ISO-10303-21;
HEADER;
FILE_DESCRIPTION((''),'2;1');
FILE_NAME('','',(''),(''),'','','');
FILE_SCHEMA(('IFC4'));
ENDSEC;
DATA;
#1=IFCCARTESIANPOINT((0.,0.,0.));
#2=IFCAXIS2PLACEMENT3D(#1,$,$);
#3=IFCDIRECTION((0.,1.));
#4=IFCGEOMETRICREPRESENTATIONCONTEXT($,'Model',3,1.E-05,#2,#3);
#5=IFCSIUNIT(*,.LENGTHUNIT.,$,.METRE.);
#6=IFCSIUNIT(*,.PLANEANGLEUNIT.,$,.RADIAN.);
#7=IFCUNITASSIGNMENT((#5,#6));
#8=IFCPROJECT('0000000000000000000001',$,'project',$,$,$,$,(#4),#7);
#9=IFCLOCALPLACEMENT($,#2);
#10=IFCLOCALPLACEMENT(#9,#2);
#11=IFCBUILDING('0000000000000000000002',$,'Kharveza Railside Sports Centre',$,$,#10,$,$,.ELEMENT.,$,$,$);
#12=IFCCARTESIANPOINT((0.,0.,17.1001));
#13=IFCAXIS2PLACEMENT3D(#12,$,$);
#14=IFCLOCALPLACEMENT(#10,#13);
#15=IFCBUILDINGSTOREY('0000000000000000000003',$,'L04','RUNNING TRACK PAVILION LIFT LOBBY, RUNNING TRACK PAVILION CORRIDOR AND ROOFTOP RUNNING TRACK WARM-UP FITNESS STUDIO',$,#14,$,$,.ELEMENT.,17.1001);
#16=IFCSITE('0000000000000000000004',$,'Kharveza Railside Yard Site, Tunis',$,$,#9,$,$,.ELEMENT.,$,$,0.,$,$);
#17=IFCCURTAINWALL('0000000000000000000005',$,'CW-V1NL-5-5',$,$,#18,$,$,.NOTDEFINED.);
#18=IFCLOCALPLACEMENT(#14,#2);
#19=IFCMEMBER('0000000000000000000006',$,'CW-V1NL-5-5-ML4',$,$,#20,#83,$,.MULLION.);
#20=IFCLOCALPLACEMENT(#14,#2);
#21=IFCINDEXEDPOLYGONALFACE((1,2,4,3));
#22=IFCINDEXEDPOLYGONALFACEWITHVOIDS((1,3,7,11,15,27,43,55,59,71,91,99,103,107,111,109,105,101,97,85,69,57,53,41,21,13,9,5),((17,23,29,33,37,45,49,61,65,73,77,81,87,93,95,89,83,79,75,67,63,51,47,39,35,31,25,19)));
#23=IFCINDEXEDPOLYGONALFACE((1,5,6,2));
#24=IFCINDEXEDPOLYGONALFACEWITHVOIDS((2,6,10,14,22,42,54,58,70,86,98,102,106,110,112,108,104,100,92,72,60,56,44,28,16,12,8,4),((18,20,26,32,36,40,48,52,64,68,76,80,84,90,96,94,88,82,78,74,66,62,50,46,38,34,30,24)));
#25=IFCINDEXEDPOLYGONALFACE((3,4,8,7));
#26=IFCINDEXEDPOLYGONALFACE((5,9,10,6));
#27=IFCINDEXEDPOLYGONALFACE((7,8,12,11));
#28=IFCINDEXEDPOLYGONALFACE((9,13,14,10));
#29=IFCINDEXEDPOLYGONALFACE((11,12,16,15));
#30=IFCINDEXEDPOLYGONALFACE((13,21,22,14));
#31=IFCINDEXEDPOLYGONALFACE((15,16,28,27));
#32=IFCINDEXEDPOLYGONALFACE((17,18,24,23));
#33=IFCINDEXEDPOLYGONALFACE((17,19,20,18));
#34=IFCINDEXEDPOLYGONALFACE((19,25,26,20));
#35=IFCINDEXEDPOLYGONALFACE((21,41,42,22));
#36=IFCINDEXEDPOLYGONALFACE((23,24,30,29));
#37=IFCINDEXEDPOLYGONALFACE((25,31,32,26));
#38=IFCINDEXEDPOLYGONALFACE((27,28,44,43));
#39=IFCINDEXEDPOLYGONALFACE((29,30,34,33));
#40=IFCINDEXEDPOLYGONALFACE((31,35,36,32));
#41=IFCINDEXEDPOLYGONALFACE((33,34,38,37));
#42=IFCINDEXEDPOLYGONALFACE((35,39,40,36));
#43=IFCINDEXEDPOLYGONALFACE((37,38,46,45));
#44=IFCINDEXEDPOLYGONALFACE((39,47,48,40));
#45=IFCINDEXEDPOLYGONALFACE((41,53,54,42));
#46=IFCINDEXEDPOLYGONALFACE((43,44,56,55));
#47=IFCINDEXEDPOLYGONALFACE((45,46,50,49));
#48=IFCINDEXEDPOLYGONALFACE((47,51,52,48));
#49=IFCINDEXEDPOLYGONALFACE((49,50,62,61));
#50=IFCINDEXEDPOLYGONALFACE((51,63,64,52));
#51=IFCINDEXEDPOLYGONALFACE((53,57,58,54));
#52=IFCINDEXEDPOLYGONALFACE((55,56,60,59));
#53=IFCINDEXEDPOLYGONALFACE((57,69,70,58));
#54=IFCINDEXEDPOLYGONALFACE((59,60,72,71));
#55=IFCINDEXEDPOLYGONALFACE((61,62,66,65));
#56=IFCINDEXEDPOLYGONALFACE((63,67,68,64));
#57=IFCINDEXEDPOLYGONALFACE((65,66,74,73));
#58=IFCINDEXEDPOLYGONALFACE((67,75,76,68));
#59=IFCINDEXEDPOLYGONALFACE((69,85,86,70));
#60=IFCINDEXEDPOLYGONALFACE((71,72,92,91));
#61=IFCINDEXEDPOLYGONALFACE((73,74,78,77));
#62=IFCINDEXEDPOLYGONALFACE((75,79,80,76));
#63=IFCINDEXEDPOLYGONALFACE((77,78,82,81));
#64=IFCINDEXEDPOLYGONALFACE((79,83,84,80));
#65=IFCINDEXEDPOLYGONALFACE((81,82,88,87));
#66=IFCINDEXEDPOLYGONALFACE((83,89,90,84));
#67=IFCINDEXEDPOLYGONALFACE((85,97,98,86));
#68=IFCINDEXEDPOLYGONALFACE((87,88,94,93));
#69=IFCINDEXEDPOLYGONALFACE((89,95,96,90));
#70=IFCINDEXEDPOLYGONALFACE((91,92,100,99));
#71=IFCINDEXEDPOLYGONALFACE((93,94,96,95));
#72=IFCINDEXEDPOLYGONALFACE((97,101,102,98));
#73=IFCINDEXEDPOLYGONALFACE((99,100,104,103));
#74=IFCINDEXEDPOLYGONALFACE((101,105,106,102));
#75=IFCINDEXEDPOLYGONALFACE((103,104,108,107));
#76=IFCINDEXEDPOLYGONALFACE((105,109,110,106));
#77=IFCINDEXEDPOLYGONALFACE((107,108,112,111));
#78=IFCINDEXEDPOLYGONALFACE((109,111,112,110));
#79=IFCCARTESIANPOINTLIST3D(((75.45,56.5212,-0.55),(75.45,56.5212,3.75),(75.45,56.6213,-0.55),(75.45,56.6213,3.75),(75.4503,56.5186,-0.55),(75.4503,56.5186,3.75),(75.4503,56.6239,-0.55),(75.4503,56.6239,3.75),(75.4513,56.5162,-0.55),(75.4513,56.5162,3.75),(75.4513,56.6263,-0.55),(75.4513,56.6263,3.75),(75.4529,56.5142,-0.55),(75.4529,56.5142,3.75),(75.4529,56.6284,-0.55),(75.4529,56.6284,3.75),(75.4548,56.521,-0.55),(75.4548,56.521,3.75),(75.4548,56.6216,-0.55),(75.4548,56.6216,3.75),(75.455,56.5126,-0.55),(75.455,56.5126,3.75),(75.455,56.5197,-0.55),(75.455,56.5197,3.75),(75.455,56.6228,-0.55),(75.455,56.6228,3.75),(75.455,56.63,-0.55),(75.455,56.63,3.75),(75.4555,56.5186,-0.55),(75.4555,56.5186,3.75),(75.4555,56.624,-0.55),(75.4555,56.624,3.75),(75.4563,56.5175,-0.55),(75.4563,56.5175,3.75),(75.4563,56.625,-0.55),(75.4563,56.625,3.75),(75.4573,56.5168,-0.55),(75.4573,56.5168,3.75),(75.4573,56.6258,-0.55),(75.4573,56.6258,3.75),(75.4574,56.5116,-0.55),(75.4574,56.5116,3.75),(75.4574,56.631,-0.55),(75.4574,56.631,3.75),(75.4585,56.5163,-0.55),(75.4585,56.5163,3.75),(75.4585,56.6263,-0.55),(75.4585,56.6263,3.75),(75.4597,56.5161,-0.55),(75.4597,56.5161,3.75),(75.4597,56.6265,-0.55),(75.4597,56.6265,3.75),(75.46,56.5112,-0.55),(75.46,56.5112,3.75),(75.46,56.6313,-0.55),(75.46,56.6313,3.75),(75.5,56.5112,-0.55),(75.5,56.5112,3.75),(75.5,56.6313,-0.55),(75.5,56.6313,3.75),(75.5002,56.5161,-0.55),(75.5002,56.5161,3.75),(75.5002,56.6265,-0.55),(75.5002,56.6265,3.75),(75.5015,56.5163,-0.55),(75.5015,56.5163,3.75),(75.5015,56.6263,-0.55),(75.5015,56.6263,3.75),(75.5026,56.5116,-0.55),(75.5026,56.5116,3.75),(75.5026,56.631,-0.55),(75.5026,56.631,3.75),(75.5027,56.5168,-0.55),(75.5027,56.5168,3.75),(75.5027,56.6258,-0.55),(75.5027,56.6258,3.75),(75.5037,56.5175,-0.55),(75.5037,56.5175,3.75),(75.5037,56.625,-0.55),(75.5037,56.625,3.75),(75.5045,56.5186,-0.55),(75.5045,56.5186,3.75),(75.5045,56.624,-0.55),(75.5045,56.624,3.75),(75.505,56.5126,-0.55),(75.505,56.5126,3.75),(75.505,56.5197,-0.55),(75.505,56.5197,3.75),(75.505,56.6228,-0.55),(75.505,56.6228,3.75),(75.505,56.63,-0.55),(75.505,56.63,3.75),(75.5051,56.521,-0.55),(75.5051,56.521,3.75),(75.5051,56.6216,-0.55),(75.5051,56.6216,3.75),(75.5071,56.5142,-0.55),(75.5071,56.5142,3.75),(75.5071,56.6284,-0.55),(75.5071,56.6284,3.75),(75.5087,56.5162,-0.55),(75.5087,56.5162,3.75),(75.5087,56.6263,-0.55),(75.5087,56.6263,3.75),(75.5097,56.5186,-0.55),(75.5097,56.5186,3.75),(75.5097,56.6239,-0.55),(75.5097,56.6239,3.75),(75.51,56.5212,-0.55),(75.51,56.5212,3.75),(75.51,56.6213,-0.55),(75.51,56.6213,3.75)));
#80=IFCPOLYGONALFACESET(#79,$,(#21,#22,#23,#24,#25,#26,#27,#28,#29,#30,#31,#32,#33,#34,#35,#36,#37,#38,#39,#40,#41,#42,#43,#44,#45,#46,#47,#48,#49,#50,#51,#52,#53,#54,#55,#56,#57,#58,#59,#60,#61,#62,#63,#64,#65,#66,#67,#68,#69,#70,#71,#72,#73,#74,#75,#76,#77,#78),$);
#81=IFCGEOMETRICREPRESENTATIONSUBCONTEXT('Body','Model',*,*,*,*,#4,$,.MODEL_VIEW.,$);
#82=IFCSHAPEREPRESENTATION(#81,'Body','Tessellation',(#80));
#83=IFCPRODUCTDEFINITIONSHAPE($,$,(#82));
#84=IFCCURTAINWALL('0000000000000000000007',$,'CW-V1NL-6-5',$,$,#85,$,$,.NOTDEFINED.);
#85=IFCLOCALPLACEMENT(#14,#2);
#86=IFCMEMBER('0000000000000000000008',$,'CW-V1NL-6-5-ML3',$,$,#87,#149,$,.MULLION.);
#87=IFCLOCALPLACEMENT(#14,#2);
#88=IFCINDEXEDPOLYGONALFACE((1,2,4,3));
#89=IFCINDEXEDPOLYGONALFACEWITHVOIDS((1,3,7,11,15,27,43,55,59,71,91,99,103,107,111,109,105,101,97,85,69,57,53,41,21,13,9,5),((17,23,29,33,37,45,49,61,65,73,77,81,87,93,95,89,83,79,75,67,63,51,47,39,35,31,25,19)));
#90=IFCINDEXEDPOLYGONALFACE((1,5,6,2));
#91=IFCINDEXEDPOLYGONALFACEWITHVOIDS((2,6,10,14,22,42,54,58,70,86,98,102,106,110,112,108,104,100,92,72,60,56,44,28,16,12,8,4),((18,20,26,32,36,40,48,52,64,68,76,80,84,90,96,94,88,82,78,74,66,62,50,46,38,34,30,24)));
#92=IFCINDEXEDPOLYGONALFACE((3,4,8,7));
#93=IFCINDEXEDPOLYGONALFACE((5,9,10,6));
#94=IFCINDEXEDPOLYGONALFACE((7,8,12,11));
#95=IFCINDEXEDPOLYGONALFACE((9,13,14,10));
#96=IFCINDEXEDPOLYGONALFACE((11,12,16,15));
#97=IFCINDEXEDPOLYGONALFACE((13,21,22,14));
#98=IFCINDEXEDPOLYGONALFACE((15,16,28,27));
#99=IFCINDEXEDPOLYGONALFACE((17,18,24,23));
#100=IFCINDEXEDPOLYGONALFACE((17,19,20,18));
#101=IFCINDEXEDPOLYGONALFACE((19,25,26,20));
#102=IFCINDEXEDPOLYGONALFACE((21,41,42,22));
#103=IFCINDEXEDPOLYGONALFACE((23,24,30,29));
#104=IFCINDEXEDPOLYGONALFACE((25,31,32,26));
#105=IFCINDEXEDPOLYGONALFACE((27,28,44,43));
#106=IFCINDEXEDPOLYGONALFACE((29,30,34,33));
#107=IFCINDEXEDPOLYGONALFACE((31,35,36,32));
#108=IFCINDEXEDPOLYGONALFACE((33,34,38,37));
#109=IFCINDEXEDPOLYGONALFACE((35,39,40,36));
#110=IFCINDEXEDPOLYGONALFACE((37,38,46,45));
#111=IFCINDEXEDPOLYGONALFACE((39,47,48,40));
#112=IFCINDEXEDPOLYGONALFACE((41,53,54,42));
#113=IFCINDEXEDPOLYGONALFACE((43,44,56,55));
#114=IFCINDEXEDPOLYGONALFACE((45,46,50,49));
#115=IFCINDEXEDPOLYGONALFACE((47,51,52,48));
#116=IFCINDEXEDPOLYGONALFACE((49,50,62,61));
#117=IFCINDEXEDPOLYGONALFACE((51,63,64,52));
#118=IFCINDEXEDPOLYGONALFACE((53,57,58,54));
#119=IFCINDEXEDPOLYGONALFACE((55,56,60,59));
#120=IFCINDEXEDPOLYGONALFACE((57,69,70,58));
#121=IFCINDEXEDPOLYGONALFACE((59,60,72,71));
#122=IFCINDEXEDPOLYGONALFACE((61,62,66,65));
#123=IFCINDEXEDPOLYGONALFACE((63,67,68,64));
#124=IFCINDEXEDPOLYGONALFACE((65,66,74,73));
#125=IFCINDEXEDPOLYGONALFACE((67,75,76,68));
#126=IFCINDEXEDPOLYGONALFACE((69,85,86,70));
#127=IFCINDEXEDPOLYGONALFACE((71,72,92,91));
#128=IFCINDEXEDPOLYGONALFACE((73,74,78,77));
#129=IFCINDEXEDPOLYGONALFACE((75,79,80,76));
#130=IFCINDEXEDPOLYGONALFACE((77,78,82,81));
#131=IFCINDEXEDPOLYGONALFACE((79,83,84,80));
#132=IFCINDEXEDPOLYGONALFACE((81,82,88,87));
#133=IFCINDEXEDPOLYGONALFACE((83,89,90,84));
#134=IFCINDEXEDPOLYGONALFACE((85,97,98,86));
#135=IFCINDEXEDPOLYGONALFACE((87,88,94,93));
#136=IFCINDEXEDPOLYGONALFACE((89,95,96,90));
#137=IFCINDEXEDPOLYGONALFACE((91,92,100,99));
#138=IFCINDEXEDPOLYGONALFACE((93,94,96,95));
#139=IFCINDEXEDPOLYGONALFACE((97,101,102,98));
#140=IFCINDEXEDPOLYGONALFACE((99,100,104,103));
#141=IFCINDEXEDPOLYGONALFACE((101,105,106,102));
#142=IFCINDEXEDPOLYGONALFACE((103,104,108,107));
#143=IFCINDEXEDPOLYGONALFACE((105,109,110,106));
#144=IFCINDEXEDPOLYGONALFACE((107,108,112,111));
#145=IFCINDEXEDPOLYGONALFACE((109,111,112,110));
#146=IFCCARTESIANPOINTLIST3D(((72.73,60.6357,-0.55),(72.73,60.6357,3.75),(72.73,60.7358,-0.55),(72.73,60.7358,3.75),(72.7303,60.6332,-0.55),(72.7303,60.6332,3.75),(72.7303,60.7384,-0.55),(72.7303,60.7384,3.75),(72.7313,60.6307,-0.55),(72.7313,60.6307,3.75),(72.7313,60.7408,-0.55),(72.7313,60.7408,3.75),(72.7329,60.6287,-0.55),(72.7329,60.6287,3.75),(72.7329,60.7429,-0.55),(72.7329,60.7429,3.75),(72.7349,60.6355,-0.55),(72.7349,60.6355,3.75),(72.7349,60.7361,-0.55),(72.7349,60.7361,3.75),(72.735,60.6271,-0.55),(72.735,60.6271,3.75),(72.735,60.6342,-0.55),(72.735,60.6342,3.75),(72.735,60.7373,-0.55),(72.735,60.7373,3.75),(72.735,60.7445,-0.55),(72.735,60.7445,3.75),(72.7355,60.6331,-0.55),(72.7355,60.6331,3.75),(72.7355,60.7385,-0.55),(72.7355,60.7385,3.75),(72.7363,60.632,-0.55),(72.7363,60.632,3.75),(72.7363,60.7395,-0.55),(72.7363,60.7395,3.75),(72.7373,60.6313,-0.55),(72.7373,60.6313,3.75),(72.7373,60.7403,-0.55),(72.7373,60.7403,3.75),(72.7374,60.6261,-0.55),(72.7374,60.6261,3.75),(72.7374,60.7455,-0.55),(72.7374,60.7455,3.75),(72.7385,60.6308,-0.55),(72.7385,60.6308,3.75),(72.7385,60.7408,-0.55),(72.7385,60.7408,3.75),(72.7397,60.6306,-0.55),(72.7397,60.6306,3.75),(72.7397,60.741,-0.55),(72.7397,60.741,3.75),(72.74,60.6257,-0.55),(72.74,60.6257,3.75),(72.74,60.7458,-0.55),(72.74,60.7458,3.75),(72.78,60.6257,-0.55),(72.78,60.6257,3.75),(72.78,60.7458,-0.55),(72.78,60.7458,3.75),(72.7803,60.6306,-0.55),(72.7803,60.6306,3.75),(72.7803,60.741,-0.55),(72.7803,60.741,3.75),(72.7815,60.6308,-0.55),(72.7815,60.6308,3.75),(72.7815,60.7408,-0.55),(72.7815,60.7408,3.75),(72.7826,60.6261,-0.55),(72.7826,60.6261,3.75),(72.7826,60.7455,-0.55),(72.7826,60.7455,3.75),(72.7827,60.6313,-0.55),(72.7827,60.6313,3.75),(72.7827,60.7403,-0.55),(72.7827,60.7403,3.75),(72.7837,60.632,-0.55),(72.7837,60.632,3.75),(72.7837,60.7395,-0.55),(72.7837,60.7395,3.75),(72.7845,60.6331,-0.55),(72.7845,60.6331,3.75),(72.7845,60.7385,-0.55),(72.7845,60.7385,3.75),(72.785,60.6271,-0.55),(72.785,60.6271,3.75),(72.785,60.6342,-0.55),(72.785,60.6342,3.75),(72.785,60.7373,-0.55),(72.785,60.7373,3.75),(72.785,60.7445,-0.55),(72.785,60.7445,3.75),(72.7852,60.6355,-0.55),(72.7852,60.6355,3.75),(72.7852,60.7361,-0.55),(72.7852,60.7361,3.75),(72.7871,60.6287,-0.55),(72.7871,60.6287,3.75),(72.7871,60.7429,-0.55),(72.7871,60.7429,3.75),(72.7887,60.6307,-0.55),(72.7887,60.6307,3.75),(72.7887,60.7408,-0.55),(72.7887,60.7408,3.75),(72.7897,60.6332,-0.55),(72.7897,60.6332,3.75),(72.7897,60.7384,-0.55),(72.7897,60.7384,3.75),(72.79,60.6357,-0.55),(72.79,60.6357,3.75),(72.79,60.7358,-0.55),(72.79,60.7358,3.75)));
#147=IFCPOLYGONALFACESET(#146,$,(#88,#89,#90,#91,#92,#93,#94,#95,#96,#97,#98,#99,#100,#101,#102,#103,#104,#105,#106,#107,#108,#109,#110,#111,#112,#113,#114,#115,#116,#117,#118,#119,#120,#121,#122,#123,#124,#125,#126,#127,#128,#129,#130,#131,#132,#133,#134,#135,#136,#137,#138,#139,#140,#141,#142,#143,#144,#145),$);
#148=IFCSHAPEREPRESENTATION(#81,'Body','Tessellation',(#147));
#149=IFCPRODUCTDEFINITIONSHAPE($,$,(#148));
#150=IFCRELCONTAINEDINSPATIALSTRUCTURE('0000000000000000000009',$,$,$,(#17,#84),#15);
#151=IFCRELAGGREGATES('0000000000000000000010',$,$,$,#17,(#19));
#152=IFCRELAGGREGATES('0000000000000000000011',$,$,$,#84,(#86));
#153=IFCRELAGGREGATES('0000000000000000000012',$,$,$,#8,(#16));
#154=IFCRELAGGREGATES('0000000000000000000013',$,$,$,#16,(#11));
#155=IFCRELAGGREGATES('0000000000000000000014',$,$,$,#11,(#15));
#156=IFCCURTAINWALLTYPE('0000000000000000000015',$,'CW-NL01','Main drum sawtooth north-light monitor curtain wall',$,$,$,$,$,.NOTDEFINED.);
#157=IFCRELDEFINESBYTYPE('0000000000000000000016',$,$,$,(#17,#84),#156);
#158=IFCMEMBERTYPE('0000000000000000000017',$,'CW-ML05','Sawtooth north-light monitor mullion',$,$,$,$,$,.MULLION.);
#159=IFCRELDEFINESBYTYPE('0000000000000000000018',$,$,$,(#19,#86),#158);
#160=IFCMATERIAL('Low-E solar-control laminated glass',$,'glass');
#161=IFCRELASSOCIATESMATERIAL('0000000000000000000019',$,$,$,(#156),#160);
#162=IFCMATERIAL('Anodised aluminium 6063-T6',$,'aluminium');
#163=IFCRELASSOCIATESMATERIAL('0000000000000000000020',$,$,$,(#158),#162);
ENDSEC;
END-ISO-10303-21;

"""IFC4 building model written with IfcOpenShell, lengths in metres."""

from ifc_helpers import new_model, si_unit, direction, frame, origin, origin_2d, place, context, subcontext, project, spatial, hollow_rectangle, extrude, material, material_profile, profile_set, type_object, element, aggregate, save


model = new_model("IFC4")

# Units and contexts
model_context = context("Model", 3, precision=1e-05, world=origin(), true_north=direction((0.0, 1.0)))
body_context = subcontext(model_context, "Body", "Model", "MODEL_VIEW")
ifc_project = project(units=[si_unit("LENGTHUNIT", "METRE"), si_unit("PLANEANGLEUNIT", "RADIAN")], contexts=[model_context])

# Site, building, storey
site_placement = place(None, origin())
site = spatial("IfcSite", under=ifc_project, at=site_placement, Name="Kharveza Railside Yard Site, Tunis", CompositionType="ELEMENT", RefElevation=0.0)
building_placement = place(site_placement, origin())
building = spatial("IfcBuilding", under=site, at=building_placement, Name="Kharveza Railside Sports Centre", CompositionType="ELEMENT")
storey_placement = place(building_placement, frame((0.0, 0.0, 17.1001)))
storey = spatial("IfcBuildingStorey", under=building, at=storey_placement, Name="L04", Description="RUNNING TRACK PAVILION LIFT LOBBY, RUNNING TRACK PAVILION CORRIDOR AND ROOFTOP RUNNING TRACK WARM-UP FITNESS STUDIO", CompositionType="ELEMENT", Elevation=17.1001)

# Shared definitions
ifc_material_1 = material(Name="Low-E solar-control laminated glass", Category="glass")
curtain_wall_type = type_object("IfcCurtainWallType", Name="CW-NL01", Description="Main drum sawtooth north-light monitor curtain wall", PredefinedType="NOTDEFINED", material=ifc_material_1)
ifc_material_2 = material(Name="Anodised aluminium 6063-T6", Category="aluminium")
ifc_material_profile_1 = material_profile(ifc_material_2, hollow_rectangle(XDim=0.0601, YDim=0.1201, WallThickness=0.0049, InnerFilletRadius=0.0049, OuterFilletRadius=0.01, at=origin_2d()), Name="RHS 60x120x5.0")
ifc_profile_set_1 = profile_set([ifc_material_profile_1], Name="Anodised aluminium 6063-T6")
member_type_1 = type_object("IfcMemberType", Name="CW-ML05", Description="Sawtooth north-light monitor mullion", PredefinedType="MULLION", material=ifc_profile_set_1)

# Curtain walls, members
curtain_wall_1_placement = place(storey_placement, origin())
curtain_wall_1 = element("IfcCurtainWall", 1, at=curtain_wall_1_placement, inside=storey, type_object=curtain_wall_type, Name="CW-V1NL-5-5", PredefinedType="NOTDEFINED")
member_1_placement = place(storey_placement, frame((75.48, 56.5713, -0.55), z_axis=(0.0, 0.0, 1.0), x_axis=(1.0, 0.0, 0.0)))
member_1 = element("IfcMember", 2, at=member_1_placement, type_object=member_type_1, Name="CW-V1NL-5-5-ML4", PredefinedType="MULLION", context=body_context, shape_type="SweptSolid", body=[
    extrude(hollow_rectangle(XDim=0.0601, YDim=0.1201, WallThickness=0.0049, InnerFilletRadius=0.0049, OuterFilletRadius=0.01, at=origin_2d()), origin(), (0.0, 0.0, 1.0), 4.3),
])
curtain_wall_2_placement = place(storey_placement, origin())
curtain_wall_2 = element("IfcCurtainWall", 3, at=curtain_wall_2_placement, inside=storey, type_object=curtain_wall_type, Name="CW-V1NL-6-5", PredefinedType="NOTDEFINED")
member_2_placement = place(storey_placement, frame((72.76, 60.6858, -0.55), z_axis=(0.0, 0.0, 1.0), x_axis=(1.0, 0.0, 0.0)))
member_2 = element("IfcMember", 4, at=member_2_placement, type_object=member_type_1, Name="CW-V1NL-6-5-ML3", PredefinedType="MULLION", context=body_context, shape_type="SweptSolid", body=[
    extrude(hollow_rectangle(XDim=0.0601, YDim=0.1201, WallThickness=0.0049, InnerFilletRadius=0.0049, OuterFilletRadius=0.01, at=origin_2d()), origin(), (0.0, 0.0, 1.0), 4.3),
])

aggregate(curtain_wall_1, [member_1])
aggregate(curtain_wall_2, [member_2])

save(model, "model.ifc")
